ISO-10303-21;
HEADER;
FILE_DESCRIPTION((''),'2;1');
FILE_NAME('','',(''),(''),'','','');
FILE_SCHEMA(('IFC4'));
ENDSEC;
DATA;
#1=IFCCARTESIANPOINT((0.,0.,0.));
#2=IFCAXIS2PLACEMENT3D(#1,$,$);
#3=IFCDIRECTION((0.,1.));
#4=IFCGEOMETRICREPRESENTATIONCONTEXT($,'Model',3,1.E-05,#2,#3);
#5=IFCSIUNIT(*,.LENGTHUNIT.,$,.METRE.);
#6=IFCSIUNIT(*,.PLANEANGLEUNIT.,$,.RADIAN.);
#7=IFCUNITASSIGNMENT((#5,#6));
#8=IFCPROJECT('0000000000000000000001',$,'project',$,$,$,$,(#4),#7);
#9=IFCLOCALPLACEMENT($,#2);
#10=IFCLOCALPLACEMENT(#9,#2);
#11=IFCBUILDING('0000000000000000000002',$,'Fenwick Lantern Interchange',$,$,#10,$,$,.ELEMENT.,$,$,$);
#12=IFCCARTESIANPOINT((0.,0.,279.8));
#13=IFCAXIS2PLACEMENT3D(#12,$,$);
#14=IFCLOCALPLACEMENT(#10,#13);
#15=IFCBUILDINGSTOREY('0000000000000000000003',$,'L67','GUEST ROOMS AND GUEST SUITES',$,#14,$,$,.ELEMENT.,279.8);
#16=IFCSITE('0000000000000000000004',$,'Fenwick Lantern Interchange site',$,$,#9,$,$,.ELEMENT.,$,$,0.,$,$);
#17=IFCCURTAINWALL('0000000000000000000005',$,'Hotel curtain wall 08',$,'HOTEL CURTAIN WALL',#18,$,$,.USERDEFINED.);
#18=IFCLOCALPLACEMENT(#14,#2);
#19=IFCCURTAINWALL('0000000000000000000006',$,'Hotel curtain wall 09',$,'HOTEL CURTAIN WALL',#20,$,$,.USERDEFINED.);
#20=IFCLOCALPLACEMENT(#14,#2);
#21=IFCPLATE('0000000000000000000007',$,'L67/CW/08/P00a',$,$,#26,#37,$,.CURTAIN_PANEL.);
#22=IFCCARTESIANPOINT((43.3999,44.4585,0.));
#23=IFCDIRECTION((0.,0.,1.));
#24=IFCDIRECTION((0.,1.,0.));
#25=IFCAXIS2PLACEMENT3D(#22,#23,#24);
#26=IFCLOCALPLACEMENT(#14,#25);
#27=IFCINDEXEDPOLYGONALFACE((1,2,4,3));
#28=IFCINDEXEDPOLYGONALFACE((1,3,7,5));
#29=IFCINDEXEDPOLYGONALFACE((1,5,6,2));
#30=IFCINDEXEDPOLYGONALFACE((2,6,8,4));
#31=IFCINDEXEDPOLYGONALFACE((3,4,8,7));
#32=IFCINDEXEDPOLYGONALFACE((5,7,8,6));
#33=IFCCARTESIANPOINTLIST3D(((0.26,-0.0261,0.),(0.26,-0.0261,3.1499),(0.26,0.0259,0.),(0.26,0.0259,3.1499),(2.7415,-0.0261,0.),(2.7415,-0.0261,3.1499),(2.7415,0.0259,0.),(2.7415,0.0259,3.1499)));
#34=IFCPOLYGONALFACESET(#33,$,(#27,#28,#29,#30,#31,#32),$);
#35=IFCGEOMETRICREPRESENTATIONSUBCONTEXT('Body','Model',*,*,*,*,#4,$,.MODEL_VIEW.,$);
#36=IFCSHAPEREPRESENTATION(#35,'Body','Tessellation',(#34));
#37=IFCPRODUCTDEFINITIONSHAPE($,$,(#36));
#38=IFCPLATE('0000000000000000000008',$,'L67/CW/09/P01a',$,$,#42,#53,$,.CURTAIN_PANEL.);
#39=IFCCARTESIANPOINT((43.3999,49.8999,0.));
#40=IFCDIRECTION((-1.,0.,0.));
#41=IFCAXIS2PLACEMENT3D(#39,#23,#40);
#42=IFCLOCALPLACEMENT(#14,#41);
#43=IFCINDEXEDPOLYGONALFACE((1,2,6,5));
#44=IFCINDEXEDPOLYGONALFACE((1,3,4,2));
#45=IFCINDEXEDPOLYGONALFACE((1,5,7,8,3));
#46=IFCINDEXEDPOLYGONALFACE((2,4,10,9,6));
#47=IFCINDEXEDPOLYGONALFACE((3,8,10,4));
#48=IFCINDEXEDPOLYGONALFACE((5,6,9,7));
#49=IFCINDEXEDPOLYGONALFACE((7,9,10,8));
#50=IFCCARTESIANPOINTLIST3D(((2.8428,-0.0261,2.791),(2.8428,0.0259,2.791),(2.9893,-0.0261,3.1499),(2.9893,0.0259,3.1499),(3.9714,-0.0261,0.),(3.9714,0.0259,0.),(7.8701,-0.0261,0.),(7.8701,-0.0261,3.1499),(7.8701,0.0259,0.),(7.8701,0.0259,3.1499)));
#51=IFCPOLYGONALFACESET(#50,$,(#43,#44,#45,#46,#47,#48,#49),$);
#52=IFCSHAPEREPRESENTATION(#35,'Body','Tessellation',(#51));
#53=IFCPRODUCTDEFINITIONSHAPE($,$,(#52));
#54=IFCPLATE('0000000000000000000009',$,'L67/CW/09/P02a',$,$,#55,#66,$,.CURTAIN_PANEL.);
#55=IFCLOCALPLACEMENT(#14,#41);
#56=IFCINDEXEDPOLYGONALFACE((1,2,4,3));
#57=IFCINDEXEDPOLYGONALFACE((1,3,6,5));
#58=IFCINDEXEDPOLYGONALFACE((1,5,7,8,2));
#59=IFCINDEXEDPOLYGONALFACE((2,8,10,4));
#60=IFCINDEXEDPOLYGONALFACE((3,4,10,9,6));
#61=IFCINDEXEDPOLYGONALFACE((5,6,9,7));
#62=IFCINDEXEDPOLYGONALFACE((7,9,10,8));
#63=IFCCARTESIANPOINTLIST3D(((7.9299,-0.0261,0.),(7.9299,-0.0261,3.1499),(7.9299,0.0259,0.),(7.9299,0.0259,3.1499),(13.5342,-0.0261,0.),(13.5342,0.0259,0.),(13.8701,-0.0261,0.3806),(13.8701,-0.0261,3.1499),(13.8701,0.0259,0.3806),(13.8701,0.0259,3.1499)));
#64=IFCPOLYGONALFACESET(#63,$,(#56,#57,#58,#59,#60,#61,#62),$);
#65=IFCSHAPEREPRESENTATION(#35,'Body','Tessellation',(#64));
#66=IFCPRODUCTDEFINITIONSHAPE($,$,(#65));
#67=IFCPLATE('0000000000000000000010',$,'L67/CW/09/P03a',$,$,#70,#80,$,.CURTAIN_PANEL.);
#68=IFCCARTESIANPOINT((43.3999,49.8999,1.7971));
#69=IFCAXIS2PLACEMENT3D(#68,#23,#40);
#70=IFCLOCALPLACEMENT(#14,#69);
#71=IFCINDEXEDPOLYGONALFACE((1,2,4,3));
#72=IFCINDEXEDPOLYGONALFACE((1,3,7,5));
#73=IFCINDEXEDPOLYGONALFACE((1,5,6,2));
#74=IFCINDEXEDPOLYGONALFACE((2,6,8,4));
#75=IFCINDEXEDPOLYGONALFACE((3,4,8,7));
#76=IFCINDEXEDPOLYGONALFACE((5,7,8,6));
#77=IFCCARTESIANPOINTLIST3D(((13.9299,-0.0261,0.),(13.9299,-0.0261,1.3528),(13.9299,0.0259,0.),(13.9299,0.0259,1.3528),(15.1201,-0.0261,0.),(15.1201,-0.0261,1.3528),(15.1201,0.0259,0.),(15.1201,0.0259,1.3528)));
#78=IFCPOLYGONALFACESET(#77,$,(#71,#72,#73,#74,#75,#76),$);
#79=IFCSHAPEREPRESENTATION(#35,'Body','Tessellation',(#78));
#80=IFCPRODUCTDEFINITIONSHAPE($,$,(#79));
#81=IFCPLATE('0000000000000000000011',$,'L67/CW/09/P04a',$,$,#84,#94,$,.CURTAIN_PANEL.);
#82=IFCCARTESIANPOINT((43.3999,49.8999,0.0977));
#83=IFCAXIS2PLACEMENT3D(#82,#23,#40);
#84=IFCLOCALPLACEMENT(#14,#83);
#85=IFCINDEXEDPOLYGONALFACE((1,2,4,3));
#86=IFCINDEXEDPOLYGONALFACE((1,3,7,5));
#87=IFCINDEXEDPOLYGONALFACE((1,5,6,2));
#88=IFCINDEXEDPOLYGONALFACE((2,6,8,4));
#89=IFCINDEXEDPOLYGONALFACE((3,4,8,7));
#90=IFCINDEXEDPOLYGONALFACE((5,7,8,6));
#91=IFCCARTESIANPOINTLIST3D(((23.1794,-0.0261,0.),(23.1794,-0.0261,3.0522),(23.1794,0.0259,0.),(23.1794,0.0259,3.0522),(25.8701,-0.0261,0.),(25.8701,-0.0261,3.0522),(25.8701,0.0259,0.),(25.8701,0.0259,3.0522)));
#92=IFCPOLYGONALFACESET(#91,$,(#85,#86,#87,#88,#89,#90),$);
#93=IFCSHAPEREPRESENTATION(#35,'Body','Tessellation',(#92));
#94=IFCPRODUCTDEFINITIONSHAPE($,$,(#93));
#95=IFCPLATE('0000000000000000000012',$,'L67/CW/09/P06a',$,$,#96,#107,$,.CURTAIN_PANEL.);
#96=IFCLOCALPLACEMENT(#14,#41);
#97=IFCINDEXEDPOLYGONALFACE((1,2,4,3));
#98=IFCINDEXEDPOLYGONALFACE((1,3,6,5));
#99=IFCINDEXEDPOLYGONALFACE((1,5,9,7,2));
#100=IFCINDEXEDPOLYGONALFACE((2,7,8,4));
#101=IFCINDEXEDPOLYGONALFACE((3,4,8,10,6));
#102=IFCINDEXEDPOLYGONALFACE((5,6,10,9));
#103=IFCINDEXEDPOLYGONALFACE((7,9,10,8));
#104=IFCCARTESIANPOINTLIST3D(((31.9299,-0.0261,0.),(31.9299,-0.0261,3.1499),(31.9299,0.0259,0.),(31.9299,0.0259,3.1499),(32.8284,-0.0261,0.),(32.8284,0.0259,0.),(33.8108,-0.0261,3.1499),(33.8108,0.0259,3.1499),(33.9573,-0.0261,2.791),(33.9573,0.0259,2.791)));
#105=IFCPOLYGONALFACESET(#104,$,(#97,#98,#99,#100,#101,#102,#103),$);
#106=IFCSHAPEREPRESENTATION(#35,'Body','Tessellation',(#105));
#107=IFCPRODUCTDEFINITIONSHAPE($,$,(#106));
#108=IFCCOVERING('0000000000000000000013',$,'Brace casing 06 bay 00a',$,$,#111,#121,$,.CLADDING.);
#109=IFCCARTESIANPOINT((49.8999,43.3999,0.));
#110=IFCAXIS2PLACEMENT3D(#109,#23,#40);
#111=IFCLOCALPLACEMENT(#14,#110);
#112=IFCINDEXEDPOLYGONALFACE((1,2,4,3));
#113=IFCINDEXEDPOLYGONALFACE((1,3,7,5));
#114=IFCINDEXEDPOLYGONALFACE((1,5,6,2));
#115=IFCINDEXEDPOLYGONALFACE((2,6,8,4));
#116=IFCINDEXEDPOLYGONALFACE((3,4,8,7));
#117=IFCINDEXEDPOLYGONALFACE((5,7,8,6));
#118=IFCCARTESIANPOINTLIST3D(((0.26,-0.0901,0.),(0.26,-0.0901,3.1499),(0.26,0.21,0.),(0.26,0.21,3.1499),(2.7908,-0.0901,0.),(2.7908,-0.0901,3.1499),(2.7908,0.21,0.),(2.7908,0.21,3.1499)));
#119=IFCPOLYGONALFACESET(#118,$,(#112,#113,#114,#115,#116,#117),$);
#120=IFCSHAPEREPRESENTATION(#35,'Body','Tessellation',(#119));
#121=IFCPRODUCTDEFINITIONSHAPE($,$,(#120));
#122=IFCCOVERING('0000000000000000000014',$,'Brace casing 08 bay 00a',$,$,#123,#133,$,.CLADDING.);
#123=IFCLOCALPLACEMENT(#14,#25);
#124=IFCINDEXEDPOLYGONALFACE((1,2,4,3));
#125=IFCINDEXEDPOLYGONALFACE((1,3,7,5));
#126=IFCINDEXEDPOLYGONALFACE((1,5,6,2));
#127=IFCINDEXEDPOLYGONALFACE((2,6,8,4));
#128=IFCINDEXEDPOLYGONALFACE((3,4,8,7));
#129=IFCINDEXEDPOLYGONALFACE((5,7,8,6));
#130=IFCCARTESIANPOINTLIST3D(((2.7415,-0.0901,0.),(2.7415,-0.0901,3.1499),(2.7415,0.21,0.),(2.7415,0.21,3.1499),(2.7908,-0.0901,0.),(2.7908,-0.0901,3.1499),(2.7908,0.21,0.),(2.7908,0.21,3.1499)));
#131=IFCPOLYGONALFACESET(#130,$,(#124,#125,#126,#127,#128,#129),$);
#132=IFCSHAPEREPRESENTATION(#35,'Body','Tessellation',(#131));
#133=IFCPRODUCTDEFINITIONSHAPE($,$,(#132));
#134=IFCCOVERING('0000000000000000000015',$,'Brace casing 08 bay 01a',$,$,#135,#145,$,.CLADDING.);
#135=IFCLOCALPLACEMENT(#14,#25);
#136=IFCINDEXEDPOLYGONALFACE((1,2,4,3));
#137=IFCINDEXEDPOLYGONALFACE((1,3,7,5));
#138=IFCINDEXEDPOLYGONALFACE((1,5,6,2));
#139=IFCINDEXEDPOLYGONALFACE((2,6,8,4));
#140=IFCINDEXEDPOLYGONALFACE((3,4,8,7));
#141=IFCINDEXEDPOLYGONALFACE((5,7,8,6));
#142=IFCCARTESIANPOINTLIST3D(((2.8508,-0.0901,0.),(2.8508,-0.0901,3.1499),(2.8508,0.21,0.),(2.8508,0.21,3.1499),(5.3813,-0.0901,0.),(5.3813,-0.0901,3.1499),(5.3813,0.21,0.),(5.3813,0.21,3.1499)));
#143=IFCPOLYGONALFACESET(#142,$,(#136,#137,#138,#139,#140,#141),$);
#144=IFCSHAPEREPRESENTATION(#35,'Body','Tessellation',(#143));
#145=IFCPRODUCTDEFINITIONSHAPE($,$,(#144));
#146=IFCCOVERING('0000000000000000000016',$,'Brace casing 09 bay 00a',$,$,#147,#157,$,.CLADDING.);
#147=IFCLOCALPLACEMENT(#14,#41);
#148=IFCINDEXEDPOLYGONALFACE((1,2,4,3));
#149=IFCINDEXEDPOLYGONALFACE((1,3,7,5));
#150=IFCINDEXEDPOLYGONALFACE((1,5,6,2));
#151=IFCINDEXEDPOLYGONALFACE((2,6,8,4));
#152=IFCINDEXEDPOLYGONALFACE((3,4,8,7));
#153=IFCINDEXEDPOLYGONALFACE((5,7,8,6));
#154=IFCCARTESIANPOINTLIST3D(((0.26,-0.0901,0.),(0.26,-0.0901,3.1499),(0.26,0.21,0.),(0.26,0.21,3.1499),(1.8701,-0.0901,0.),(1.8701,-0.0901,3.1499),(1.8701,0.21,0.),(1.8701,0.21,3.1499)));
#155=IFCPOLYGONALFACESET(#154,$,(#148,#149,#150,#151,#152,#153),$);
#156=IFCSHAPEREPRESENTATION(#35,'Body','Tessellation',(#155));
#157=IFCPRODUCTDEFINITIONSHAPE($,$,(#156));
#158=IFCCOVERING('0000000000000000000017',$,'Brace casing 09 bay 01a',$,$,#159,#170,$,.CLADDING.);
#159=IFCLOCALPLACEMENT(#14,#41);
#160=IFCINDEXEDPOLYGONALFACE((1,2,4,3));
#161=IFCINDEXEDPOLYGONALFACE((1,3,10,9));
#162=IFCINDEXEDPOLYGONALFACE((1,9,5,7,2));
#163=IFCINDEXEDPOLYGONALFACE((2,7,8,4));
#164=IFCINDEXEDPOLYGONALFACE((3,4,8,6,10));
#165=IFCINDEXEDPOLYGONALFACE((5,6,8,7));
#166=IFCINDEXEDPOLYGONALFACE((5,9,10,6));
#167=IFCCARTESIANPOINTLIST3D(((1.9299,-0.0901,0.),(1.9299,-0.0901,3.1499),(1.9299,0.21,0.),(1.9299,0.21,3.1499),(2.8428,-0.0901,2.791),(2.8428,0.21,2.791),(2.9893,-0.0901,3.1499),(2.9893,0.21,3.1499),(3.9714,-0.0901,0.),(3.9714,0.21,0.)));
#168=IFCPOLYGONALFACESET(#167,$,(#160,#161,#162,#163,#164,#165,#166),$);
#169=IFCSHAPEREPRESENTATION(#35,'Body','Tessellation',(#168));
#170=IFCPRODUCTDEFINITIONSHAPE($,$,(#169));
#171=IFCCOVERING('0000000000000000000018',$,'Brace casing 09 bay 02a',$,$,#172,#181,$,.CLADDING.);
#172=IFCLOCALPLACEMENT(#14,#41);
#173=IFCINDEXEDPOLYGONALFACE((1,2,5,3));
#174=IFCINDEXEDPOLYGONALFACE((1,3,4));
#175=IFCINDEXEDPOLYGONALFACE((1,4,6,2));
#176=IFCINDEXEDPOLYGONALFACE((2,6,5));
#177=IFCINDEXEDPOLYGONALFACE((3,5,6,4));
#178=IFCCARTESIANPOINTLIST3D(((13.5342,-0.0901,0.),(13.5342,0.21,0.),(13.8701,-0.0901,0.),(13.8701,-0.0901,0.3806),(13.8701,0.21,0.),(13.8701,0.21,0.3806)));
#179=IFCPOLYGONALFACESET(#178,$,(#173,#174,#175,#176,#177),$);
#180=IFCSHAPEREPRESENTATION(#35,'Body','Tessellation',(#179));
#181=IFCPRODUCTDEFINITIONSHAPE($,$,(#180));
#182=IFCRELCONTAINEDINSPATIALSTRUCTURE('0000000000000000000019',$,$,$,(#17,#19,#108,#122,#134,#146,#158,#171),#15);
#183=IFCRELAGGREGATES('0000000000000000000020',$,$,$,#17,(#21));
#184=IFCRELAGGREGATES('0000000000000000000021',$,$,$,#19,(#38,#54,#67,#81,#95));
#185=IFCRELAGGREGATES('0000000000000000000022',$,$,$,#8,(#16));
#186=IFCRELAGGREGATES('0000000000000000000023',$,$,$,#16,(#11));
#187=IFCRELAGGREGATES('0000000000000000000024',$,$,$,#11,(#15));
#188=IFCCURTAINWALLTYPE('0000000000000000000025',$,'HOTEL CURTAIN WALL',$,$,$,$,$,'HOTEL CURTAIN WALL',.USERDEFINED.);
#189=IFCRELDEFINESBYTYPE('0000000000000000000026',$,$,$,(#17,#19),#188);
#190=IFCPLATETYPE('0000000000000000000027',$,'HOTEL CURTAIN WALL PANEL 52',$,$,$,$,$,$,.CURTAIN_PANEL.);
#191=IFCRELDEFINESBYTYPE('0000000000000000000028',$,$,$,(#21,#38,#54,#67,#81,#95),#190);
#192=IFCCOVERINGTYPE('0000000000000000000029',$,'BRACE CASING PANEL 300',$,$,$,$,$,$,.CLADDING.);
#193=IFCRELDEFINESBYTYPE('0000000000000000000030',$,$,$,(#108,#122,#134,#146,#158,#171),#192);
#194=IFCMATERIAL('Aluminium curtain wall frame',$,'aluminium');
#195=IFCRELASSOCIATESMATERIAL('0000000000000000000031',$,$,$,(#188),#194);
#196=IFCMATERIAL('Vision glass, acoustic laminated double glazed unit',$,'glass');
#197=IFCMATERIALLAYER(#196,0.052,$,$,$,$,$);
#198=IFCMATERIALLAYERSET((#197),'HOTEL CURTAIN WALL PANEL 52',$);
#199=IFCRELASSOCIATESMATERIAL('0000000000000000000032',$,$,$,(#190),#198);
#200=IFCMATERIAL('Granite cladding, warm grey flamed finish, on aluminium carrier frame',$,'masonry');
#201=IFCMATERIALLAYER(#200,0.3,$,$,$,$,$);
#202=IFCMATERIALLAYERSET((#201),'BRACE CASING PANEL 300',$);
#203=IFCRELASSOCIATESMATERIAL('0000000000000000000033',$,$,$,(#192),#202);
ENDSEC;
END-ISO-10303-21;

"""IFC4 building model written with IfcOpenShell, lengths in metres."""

from ifc_helpers import new_model, si_unit, direction, frame, origin, place, context, subcontext, project, spatial, polyline, outline, extrude, material, layer, layer_set, type_object, element, aggregate, save


model = new_model("IFC4")

# Units and contexts
model_context = context("Model", 3, precision=1e-05, world=origin(), true_north=direction((0.0, 1.0)))
body_context = subcontext(model_context, "Body", "Model", "MODEL_VIEW")
ifc_project = project(units=[si_unit("LENGTHUNIT", "METRE"), si_unit("PLANEANGLEUNIT", "RADIAN")], contexts=[model_context])

# Site, building, storey
site_placement = place(None, origin())
site = spatial("IfcSite", under=ifc_project, at=site_placement, Name="Fenwick Lantern Interchange site", CompositionType="ELEMENT", RefElevation=0.0)
building_placement = place(site_placement, origin())
building = spatial("IfcBuilding", under=site, at=building_placement, Name="Fenwick Lantern Interchange", CompositionType="ELEMENT")
storey_placement = place(building_placement, frame((0.0, 0.0, 279.8)))
storey = spatial("IfcBuildingStorey", under=building, at=storey_placement, Name="L67", Description="GUEST ROOMS AND GUEST SUITES", CompositionType="ELEMENT", Elevation=279.8)

# Curtain walls
ifc_material_1 = material(Name="Aluminium curtain wall frame", Category="aluminium")
curtain_wall_type = type_object("IfcCurtainWallType", Name="HOTEL CURTAIN WALL", ElementType="HOTEL CURTAIN WALL", PredefinedType="USERDEFINED", material=ifc_material_1)
curtain_wall_1_placement = place(storey_placement, origin())
curtain_wall_1 = element("IfcCurtainWall", 1, at=curtain_wall_1_placement, inside=storey, type_object=curtain_wall_type, Name="Hotel curtain wall 08", ObjectType="HOTEL CURTAIN WALL", PredefinedType="USERDEFINED")
curtain_wall_2_placement = place(storey_placement, origin())
curtain_wall_2 = element("IfcCurtainWall", 2, at=curtain_wall_2_placement, inside=storey, type_object=curtain_wall_type, Name="Hotel curtain wall 09", ObjectType="HOTEL CURTAIN WALL", PredefinedType="USERDEFINED")

# Plates
ifc_material_2 = material(Name="Vision glass, acoustic laminated double glazed unit", Category="glass")
ifc_layer_1 = layer(ifc_material_2, 0.052)
ifc_layer_set_1 = layer_set([ifc_layer_1], Name="HOTEL CURTAIN WALL PANEL 52")
plate_type = type_object("IfcPlateType", Name="HOTEL CURTAIN WALL PANEL 52", PredefinedType="CURTAIN_PANEL", material=ifc_layer_set_1)
plate_1_placement = place(storey_placement, frame((43.3999, 44.4585, 0.0), z_axis=(0.0, 0.0, 1.0), x_axis=(0.0, 1.0, 0.0)))
plate_1 = element("IfcPlate", 3, at=plate_1_placement, type_object=plate_type, Name="L67/CW/08/P00a", PredefinedType="CURTAIN_PANEL", context=body_context, shape_type="SweptSolid", body=[
    extrude(outline(polyline([(0.26, 0.0), (2.7415, 0.0), (2.7415, 3.1499), (0.26, 3.1499), (0.26, 0.0)])), frame((0.0, 0.0259, 0.0), z_axis=(0.0, -1.0, 0.0), x_axis=(1.0, 0.0, 0.0)), (0.0, 0.0, 1.0), 0.052),
])
aggregate(curtain_wall_1, [plate_1])
plate_2_placement = place(storey_placement, frame((43.3999, 49.8999, 0.0), z_axis=(0.0, 0.0, 1.0), x_axis=(-1.0, 0.0, 0.0)))
plate_2 = element("IfcPlate", 4, at=plate_2_placement, type_object=plate_type, Name="L67/CW/09/P01a", PredefinedType="CURTAIN_PANEL", context=body_context, shape_type="SweptSolid", body=[
    extrude(outline(polyline([(3.9714, 0.0), (7.8701, 0.0), (7.8701, 3.1499), (2.9893, 3.1499), (2.8428, 2.791), (3.9714, 0.0)])), frame((0.0, 0.0259, 0.0), z_axis=(0.0, -1.0, 0.0), x_axis=(1.0, 0.0, 0.0)), (0.0, 0.0, 1.0), 0.052),
])
plate_3_placement = place(storey_placement, frame((43.3999, 49.8999, 0.0), z_axis=(0.0, 0.0, 1.0), x_axis=(-1.0, 0.0, 0.0)))
plate_3 = element("IfcPlate", 5, at=plate_3_placement, type_object=plate_type, Name="L67/CW/09/P02a", PredefinedType="CURTAIN_PANEL", context=body_context, shape_type="SweptSolid", body=[
    extrude(outline(polyline([(7.9299, 0.0), (13.5342, 0.0), (13.8701, 0.3806), (13.8701, 3.1499), (7.9299, 3.1499), (7.9299, 0.0)])), frame((0.0, 0.0259, 0.0), z_axis=(0.0, -1.0, 0.0), x_axis=(1.0, 0.0, 0.0)), (0.0, 0.0, 1.0), 0.052),
])
plate_4_placement = place(storey_placement, frame((43.3999, 49.8999, 1.7971), z_axis=(0.0, 0.0, 1.0), x_axis=(-1.0, 0.0, 0.0)))
plate_4 = element("IfcPlate", 6, at=plate_4_placement, type_object=plate_type, Name="L67/CW/09/P03a", PredefinedType="CURTAIN_PANEL", context=body_context, shape_type="SweptSolid", body=[
    extrude(outline(polyline([(13.9299, 0.0), (15.1201, 0.0), (15.1201, 1.3528), (13.9299, 1.3528), (13.9299, 0.0)])), frame((0.0, 0.0259, 0.0), z_axis=(0.0, -1.0, 0.0), x_axis=(1.0, 0.0, 0.0)), (0.0, 0.0, 1.0), 0.052),
])
plate_5_placement = place(storey_placement, frame((43.3999, 49.8999, 0.0977), z_axis=(0.0, 0.0, 1.0), x_axis=(-1.0, 0.0, 0.0)))
plate_5 = element("IfcPlate", 7, at=plate_5_placement, type_object=plate_type, Name="L67/CW/09/P04a", PredefinedType="CURTAIN_PANEL", context=body_context, shape_type="SweptSolid", body=[
    extrude(outline(polyline([(23.1794, 0.0), (25.8701, 0.0), (25.8701, 3.0522), (23.1794, 3.0522), (23.1794, 0.0)])), frame((0.0, 0.0259, 0.0), z_axis=(0.0, -1.0, 0.0), x_axis=(1.0, 0.0, 0.0)), (0.0, 0.0, 1.0), 0.052),
])
plate_6_placement = place(storey_placement, frame((43.3999, 49.8999, 0.0), z_axis=(0.0, 0.0, 1.0), x_axis=(-1.0, 0.0, 0.0)))
plate_6 = element("IfcPlate", 8, at=plate_6_placement, type_object=plate_type, Name="L67/CW/09/P06a", PredefinedType="CURTAIN_PANEL", context=body_context, shape_type="SweptSolid", body=[
    extrude(outline(polyline([(31.9299, 0.0), (32.8284, 0.0), (33.9573, 2.791), (33.8108, 3.1499), (31.9299, 3.1499), (31.9299, 0.0)])), frame((0.0, 0.0259, 0.0), z_axis=(0.0, -1.0, 0.0), x_axis=(1.0, 0.0, 0.0)), (0.0, 0.0, 1.0), 0.052),
])
aggregate(curtain_wall_2, [plate_2, plate_3, plate_4, plate_5, plate_6])

# Coverings
ifc_material_3 = material(Name="Granite cladding, warm grey flamed finish, on aluminium carrier frame", Category="masonry")
ifc_layer_2 = layer(ifc_material_3, 0.3)
ifc_layer_set_2 = layer_set([ifc_layer_2], Name="BRACE CASING PANEL 300")
covering_type = type_object("IfcCoveringType", Name="BRACE CASING PANEL 300", PredefinedType="CLADDING", material=ifc_layer_set_2)
covering_1_placement = place(storey_placement, frame((49.8999, 43.3999, 0.0), z_axis=(0.0, 0.0, 1.0), x_axis=(-1.0, 0.0, 0.0)))
element("IfcCovering", 9, at=covering_1_placement, inside=storey, type_object=covering_type, Name="Brace casing 06 bay 00a", PredefinedType="CLADDING", context=body_context, shape_type="SweptSolid", body=[
    extrude(outline(polyline([(0.26, 0.0), (2.7908, 0.0), (2.7908, 3.1499), (0.26, 3.1499), (0.26, 0.0)])), frame((0.0, 0.21, 0.0), z_axis=(0.0, -1.0, 0.0), x_axis=(1.0, 0.0, 0.0)), (0.0, 0.0, 1.0), 0.3),
])
covering_2_placement = place(storey_placement, frame((43.3999, 44.4585, 0.0), z_axis=(0.0, 0.0, 1.0), x_axis=(0.0, 1.0, 0.0)))
element("IfcCovering", 10, at=covering_2_placement, inside=storey, type_object=covering_type, Name="Brace casing 08 bay 00a", PredefinedType="CLADDING", context=body_context, shape_type="SweptSolid", body=[
    extrude(outline(polyline([(2.7415, 0.0), (2.7908, 0.0), (2.7908, 3.1499), (2.7415, 3.1499), (2.7415, 0.0)])), frame((0.0, 0.21, 0.0), z_axis=(0.0, -1.0, 0.0), x_axis=(1.0, 0.0, 0.0)), (0.0, 0.0, 1.0), 0.3),
])
covering_3_placement = place(storey_placement, frame((43.3999, 44.4585, 0.0), z_axis=(0.0, 0.0, 1.0), x_axis=(0.0, 1.0, 0.0)))
element("IfcCovering", 11, at=covering_3_placement, inside=storey, type_object=covering_type, Name="Brace casing 08 bay 01a", PredefinedType="CLADDING", context=body_context, shape_type="SweptSolid", body=[
    extrude(outline(polyline([(2.8508, 0.0), (5.3813, 0.0), (5.3813, 3.1499), (2.8508, 3.1499), (2.8508, 0.0)])), frame((0.0, 0.21, 0.0), z_axis=(0.0, -1.0, 0.0), x_axis=(1.0, 0.0, 0.0)), (0.0, 0.0, 1.0), 0.3),
])
covering_4_placement = place(storey_placement, frame((43.3999, 49.8999, 0.0), z_axis=(0.0, 0.0, 1.0), x_axis=(-1.0, 0.0, 0.0)))
element("IfcCovering", 12, at=covering_4_placement, inside=storey, type_object=covering_type, Name="Brace casing 09 bay 00a", PredefinedType="CLADDING", context=body_context, shape_type="SweptSolid", body=[
    extrude(outline(polyline([(0.26, 0.0), (1.8701, 0.0), (1.8701, 3.1499), (0.26, 3.1499), (0.26, 0.0)])), frame((0.0, 0.21, 0.0), z_axis=(0.0, -1.0, 0.0), x_axis=(1.0, 0.0, 0.0)), (0.0, 0.0, 1.0), 0.3),
])
covering_5_placement = place(storey_placement, frame((43.3999, 49.8999, 0.0), z_axis=(0.0, 0.0, 1.0), x_axis=(-1.0, 0.0, 0.0)))
element("IfcCovering", 13, at=covering_5_placement, inside=storey, type_object=covering_type, Name="Brace casing 09 bay 01a", PredefinedType="CLADDING", context=body_context, shape_type="SweptSolid", body=[
    extrude(outline(polyline([(1.9299, 0.0), (3.9714, 0.0), (2.8428, 2.791), (2.9893, 3.1499), (1.9299, 3.1499), (1.9299, 0.0)])), frame((0.0, 0.21, 0.0), z_axis=(0.0, -1.0, 0.0), x_axis=(1.0, 0.0, 0.0)), (0.0, 0.0, 1.0), 0.3),
])
covering_6_placement = place(storey_placement, frame((43.3999, 49.8999, 0.0), z_axis=(0.0, 0.0, 1.0), x_axis=(-1.0, 0.0, 0.0)))
element("IfcCovering", 14, at=covering_6_placement, inside=storey, type_object=covering_type, Name="Brace casing 09 bay 02a", PredefinedType="CLADDING", context=body_context, shape_type="SweptSolid", body=[
    extrude(outline(polyline([(13.5342, 0.0), (13.8701, 0.0), (13.8701, 0.3806), (13.5342, 0.0)])), frame((0.0, 0.21, 0.0), z_axis=(0.0, -1.0, 0.0), x_axis=(1.0, 0.0, 0.0)), (0.0, 0.0, 1.0), 0.3),
])

save(model, "model.ifc")
